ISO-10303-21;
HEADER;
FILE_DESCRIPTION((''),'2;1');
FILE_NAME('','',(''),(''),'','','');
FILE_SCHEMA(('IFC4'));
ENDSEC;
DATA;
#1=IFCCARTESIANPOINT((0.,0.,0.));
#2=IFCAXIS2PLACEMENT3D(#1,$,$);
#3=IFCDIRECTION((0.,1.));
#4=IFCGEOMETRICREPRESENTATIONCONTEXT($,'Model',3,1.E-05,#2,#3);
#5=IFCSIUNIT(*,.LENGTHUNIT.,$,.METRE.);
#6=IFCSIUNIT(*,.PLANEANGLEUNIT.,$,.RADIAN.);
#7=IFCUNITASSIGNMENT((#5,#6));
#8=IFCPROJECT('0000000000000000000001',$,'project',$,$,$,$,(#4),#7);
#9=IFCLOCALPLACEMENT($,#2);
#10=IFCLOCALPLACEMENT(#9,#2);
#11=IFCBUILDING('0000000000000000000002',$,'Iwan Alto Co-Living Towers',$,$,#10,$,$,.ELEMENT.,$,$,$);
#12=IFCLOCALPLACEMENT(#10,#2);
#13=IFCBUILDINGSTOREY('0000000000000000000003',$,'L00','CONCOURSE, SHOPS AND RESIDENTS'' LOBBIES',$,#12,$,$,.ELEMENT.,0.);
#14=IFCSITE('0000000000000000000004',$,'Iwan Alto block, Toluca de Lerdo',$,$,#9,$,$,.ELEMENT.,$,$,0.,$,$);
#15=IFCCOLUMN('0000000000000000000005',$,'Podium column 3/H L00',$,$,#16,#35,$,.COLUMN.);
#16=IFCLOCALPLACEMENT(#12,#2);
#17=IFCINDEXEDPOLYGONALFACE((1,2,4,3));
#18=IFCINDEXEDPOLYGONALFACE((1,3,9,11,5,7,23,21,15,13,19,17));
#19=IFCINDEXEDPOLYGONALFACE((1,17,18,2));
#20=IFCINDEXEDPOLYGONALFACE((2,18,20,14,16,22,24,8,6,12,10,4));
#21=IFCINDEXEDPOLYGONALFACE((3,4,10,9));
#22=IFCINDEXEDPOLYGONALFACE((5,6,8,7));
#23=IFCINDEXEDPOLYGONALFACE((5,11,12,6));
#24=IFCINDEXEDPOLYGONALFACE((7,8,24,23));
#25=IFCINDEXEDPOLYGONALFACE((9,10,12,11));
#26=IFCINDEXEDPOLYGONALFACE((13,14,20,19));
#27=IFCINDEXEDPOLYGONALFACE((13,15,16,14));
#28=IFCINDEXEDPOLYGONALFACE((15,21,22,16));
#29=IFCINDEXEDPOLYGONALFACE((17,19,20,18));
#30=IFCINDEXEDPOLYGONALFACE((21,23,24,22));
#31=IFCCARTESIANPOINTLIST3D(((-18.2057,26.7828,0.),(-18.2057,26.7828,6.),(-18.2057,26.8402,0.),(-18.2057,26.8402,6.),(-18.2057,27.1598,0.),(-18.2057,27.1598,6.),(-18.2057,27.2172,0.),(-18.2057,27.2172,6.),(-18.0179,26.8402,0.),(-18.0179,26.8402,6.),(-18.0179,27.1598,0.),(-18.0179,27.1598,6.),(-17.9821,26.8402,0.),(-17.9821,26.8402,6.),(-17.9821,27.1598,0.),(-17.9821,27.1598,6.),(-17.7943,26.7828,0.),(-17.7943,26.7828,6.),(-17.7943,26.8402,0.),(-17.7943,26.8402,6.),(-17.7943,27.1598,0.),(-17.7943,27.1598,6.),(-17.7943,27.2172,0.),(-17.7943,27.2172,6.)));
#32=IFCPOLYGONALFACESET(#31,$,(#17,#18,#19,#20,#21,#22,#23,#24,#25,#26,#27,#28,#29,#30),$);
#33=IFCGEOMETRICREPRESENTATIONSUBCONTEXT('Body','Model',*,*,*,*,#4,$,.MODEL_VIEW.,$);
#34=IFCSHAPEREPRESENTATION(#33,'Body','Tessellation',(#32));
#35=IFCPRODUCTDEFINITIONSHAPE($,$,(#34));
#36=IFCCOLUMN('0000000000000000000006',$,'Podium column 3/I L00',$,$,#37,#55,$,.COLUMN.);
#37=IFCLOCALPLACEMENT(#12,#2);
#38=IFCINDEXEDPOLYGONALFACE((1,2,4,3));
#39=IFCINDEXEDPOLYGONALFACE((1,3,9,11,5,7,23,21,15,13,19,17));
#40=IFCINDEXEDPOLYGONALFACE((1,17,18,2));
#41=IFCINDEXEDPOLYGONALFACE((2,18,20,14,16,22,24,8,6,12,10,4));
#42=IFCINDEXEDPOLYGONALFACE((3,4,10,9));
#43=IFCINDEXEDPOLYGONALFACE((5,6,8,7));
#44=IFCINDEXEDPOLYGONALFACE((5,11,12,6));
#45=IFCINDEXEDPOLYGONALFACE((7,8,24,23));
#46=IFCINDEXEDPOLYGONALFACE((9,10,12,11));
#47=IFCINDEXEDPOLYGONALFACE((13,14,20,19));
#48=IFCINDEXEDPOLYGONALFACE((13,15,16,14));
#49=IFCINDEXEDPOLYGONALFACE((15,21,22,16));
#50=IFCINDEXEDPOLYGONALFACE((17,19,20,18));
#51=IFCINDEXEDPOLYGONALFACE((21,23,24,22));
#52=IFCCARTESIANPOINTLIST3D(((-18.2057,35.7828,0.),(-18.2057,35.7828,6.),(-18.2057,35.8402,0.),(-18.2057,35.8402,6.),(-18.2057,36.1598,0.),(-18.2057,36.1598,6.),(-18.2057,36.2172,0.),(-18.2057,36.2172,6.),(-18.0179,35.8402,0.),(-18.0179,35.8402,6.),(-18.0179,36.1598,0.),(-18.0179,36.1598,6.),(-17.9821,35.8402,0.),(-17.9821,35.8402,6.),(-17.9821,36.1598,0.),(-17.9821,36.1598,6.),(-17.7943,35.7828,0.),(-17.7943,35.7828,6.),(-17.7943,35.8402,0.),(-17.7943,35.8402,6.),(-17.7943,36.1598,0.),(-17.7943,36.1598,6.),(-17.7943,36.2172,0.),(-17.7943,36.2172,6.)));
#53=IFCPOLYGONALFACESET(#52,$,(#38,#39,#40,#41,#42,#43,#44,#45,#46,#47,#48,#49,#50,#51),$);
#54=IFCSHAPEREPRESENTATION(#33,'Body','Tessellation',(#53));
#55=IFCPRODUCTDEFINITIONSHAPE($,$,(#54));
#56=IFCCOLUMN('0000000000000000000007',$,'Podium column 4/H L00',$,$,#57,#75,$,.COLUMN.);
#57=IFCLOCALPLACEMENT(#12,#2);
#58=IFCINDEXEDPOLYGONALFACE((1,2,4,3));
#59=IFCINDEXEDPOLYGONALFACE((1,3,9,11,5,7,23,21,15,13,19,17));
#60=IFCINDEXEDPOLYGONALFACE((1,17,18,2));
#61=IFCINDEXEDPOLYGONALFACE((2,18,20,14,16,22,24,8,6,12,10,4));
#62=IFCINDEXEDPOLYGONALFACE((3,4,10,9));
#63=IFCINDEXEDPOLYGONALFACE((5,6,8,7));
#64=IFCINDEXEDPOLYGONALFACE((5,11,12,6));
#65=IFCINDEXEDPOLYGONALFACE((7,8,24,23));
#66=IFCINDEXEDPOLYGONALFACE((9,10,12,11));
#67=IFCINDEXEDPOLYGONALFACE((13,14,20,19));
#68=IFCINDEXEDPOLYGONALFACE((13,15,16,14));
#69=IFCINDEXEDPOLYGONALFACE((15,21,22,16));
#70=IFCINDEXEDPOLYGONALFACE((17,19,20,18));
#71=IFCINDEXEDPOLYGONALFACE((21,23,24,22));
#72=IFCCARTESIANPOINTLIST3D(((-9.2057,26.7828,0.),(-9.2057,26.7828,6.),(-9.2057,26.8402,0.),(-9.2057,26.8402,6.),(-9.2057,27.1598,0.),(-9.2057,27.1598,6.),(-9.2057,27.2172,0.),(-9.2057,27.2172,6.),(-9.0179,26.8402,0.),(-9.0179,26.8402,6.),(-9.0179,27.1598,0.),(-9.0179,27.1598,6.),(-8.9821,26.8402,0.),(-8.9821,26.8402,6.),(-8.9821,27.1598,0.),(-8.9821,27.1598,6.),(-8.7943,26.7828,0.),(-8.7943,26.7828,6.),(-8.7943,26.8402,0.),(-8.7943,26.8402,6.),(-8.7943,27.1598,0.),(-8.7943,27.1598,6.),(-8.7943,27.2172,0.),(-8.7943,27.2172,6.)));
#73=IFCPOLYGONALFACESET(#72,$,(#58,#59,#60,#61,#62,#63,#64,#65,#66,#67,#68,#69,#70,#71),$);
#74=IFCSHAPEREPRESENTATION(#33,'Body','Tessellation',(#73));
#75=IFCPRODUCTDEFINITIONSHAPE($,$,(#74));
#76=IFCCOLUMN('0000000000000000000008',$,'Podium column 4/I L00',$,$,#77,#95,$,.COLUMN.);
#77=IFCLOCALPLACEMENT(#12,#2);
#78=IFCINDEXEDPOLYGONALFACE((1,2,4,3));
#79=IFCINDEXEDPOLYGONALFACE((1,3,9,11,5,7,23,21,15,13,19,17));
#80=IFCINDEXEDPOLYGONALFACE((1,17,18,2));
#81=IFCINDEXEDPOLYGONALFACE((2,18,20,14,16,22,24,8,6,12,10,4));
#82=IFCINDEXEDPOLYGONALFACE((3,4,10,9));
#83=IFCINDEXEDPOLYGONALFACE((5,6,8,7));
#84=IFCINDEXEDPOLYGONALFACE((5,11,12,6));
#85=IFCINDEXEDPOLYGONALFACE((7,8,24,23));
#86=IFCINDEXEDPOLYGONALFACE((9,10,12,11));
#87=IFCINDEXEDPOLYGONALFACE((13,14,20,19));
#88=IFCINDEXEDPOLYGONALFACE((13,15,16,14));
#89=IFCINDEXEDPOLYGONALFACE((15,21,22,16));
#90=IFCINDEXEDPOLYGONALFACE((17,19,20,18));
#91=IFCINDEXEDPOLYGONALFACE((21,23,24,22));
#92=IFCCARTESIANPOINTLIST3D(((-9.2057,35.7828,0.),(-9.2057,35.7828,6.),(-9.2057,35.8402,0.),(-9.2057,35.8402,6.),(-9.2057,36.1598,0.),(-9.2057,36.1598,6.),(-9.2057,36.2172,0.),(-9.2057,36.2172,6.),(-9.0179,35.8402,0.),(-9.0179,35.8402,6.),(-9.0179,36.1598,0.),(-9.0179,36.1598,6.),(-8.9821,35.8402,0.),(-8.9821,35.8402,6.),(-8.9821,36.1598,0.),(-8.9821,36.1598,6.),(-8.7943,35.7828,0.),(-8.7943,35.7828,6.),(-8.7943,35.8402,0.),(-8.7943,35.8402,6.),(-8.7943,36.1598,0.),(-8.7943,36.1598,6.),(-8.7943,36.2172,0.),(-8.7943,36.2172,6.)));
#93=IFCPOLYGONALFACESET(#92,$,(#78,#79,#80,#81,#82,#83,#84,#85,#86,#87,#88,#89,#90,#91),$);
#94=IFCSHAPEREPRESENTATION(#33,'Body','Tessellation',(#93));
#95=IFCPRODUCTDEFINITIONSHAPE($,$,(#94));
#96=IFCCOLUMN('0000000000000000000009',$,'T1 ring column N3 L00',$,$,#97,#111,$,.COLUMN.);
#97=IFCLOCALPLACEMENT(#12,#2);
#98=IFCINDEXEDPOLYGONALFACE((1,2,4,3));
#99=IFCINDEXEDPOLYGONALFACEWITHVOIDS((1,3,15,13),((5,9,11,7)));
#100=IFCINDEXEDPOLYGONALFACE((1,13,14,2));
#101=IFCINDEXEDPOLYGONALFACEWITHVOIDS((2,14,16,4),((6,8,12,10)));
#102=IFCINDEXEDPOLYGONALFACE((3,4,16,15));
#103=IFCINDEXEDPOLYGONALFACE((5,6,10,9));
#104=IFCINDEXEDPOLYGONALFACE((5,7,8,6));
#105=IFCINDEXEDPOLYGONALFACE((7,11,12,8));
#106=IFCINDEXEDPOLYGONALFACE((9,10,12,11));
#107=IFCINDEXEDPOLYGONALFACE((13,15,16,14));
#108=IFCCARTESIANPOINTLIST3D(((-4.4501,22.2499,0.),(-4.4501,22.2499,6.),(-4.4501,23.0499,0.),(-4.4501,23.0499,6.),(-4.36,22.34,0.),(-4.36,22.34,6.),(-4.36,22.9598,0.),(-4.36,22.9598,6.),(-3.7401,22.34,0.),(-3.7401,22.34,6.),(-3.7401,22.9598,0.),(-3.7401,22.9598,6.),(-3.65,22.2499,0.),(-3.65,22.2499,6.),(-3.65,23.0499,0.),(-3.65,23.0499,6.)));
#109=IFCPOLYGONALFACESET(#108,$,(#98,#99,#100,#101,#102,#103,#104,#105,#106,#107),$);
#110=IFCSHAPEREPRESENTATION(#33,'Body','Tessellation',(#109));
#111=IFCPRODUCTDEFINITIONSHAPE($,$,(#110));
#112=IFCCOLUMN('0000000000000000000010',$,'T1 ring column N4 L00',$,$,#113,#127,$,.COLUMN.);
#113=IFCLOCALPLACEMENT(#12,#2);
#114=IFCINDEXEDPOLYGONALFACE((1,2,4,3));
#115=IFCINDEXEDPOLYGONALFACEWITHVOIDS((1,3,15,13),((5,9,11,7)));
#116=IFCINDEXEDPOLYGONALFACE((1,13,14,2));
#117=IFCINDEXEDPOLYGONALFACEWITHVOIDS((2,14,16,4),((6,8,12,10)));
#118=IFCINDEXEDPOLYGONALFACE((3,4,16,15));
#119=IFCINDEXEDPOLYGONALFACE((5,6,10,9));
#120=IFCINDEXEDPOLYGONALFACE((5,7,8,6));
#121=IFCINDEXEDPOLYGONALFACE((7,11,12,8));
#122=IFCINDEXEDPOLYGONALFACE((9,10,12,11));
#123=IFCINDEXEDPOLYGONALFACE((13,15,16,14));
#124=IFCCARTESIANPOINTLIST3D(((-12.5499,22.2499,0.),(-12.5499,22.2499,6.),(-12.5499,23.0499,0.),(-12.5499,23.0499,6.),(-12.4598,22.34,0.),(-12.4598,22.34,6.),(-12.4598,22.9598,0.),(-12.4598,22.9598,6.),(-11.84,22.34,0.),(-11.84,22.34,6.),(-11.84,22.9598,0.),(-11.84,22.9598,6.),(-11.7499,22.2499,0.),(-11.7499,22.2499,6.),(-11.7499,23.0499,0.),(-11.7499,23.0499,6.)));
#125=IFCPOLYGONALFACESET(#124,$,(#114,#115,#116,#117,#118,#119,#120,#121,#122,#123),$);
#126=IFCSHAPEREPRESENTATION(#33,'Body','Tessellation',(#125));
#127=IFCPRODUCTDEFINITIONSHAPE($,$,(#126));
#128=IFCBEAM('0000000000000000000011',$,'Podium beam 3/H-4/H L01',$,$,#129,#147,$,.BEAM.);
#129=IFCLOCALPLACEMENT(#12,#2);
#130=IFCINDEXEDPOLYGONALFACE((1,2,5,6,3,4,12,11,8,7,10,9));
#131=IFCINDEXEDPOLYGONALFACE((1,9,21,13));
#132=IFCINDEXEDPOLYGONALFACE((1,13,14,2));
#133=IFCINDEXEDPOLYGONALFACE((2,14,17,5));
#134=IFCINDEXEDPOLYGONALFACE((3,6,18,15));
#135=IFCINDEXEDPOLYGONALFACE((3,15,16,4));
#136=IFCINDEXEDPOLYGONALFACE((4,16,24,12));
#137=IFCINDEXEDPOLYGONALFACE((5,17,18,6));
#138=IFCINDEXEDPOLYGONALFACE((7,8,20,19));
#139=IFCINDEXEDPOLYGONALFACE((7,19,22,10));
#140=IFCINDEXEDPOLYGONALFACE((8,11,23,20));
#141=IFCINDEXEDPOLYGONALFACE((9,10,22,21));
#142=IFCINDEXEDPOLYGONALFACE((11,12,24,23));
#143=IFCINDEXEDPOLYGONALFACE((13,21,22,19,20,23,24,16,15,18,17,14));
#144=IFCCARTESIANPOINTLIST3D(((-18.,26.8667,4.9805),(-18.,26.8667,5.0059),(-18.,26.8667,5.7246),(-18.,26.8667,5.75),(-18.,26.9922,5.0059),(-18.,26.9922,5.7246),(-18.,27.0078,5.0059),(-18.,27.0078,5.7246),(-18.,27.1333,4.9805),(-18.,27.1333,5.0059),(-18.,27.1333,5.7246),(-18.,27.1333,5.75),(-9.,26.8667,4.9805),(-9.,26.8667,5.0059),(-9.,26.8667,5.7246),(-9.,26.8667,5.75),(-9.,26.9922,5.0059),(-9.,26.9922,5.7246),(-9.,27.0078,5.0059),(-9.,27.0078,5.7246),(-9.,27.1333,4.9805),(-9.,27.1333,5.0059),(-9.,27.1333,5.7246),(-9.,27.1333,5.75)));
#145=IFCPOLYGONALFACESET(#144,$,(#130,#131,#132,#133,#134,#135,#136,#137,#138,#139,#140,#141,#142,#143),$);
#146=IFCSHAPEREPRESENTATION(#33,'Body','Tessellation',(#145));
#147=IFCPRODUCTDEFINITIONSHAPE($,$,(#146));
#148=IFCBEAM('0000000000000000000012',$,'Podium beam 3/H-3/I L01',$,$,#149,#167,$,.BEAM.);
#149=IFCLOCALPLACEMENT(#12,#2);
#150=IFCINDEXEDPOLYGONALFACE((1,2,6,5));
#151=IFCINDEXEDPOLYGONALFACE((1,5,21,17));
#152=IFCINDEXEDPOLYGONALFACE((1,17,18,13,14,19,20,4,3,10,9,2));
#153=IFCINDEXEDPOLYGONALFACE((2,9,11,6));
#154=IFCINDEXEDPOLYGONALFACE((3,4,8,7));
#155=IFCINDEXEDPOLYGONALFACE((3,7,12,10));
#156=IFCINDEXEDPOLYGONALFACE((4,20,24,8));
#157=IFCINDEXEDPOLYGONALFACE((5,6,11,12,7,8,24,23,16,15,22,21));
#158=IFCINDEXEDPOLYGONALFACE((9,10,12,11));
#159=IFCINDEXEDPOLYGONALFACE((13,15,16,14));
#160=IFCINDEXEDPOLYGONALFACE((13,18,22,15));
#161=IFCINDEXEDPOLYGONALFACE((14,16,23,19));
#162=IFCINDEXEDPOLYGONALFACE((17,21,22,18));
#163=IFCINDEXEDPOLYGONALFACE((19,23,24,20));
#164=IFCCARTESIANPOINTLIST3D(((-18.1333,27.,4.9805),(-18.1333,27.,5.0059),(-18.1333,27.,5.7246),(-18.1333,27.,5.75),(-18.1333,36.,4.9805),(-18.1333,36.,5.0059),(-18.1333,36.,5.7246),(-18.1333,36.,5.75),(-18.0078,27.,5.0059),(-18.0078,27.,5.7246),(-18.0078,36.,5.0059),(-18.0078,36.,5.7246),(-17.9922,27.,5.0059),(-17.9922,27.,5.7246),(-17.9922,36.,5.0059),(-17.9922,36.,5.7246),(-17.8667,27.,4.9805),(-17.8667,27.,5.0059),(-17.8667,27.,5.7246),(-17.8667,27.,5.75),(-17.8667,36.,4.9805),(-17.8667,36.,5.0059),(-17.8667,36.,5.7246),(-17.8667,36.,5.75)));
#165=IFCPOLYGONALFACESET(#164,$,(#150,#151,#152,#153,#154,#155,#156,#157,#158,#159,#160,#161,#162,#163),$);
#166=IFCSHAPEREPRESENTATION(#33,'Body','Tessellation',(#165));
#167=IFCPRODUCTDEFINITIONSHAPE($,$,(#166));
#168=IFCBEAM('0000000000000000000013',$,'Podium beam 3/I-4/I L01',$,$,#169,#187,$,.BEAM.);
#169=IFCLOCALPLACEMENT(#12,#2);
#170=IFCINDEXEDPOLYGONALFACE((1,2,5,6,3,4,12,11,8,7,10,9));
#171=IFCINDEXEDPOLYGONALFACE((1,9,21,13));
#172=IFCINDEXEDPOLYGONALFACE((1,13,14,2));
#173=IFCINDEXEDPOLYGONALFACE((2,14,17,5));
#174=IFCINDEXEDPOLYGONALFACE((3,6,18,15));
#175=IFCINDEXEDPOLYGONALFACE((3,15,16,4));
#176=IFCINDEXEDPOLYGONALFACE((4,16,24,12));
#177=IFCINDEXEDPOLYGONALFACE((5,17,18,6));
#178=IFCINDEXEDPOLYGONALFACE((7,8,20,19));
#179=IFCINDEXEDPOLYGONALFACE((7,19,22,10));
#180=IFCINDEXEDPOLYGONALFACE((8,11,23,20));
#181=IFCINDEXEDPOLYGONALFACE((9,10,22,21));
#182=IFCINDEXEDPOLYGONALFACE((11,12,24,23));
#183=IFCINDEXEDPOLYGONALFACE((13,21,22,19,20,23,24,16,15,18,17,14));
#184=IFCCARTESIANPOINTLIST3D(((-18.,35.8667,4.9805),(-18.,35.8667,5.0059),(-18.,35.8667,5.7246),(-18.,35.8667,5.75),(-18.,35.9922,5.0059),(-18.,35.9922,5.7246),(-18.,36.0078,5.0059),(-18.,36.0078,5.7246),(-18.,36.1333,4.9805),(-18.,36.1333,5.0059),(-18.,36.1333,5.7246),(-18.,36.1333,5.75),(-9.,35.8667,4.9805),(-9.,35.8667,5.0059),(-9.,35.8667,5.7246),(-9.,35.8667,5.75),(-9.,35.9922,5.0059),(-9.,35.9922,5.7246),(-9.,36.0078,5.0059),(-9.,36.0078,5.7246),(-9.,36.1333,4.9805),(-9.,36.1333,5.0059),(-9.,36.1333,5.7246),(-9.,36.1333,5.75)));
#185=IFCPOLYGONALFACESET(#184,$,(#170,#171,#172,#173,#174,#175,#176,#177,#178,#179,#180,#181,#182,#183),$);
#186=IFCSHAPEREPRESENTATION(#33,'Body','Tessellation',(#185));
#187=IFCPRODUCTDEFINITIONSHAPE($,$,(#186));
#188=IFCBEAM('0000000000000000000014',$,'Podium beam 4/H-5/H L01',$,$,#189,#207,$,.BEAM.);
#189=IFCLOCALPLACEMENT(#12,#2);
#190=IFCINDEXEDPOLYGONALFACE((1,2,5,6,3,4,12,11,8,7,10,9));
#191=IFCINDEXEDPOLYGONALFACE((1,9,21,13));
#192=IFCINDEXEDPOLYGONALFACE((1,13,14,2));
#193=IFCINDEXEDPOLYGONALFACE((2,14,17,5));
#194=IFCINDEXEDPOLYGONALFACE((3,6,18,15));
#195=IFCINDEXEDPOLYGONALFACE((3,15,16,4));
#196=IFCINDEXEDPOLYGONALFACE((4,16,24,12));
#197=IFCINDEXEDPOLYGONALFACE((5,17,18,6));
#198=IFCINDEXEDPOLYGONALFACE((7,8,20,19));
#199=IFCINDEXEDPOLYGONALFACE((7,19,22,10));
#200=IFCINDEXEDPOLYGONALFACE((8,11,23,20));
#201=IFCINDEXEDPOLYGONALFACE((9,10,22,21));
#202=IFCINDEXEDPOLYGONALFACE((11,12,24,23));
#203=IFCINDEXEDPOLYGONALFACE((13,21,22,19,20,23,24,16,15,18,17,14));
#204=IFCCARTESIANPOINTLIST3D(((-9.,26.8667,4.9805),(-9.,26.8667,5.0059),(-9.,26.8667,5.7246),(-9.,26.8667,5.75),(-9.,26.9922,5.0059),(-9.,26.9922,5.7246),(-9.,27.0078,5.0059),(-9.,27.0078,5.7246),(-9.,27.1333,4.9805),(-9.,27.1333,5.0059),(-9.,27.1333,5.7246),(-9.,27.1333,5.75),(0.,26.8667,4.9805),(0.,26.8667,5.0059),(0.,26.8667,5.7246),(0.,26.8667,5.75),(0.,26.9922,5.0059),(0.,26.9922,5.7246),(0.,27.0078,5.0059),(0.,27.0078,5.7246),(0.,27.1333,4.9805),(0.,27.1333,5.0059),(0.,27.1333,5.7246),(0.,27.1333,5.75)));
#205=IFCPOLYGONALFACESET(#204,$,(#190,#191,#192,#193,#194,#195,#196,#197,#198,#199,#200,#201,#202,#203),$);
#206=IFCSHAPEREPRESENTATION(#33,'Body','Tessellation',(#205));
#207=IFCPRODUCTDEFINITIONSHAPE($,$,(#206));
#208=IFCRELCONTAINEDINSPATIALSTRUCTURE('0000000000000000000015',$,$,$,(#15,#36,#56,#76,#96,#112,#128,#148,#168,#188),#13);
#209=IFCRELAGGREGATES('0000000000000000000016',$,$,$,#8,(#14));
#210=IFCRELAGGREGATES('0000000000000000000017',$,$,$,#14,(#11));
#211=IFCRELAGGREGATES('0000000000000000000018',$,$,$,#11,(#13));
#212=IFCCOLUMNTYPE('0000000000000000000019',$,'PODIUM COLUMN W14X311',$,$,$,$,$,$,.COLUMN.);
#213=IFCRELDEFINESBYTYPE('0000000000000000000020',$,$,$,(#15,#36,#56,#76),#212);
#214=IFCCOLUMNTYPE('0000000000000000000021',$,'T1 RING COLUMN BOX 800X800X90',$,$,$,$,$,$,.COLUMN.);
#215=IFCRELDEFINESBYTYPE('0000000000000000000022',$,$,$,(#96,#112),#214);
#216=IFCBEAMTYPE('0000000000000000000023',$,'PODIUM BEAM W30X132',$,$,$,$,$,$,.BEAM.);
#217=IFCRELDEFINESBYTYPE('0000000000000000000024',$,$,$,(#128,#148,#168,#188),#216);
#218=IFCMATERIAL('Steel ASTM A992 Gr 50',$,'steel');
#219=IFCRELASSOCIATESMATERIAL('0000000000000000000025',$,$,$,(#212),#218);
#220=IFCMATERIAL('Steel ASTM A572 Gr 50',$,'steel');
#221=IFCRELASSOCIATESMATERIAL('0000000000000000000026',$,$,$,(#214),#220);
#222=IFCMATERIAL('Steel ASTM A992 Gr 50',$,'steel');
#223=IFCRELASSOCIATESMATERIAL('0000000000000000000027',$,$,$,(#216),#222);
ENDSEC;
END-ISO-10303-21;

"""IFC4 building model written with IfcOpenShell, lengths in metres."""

from ifc_helpers import new_model, si_unit, direction, frame, origin, origin_2d, place, context, subcontext, project, spatial, hollow_rectangle, i_section, extrude, material, material_profile, profile_set, type_object, element, save


model = new_model("IFC4")

# Units and contexts
model_context = context("Model", 3, precision=1e-05, world=origin(), true_north=direction((0.0, 1.0)))
body_context = subcontext(model_context, "Body", "Model", "MODEL_VIEW")
ifc_project = project(units=[si_unit("LENGTHUNIT", "METRE"), si_unit("PLANEANGLEUNIT", "RADIAN")], contexts=[model_context])

# Site, building, storey
site_placement = place(None, origin())
site = spatial("IfcSite", under=ifc_project, at=site_placement, Name="Iwan Alto block, Toluca de Lerdo", CompositionType="ELEMENT", RefElevation=0.0)
building_placement = place(site_placement, origin())
building = spatial("IfcBuilding", under=site, at=building_placement, Name="Iwan Alto Co-Living Towers", CompositionType="ELEMENT")
storey_placement = place(building_placement, origin())
storey = spatial("IfcBuildingStorey", under=building, at=storey_placement, Name="L00", Description="CONCOURSE, SHOPS AND RESIDENTS' LOBBIES", CompositionType="ELEMENT", Elevation=0.0)

# Columns
ifc_material_1 = material(Name="Steel ASTM A992 Gr 50", Category="steel")
ifc_material_profile_1 = material_profile(ifc_material_1, i_section(OverallWidth=0.4114, OverallDepth=0.4343, WebThickness=0.0359, FlangeThickness=0.0574, at=origin_2d()), Name="W14X311")
ifc_profile_set_1 = profile_set([ifc_material_profile_1], Name="Steel ASTM A992 Gr 50")
column_type_1 = type_object("IfcColumnType", Name="PODIUM COLUMN W14X311", PredefinedType="COLUMN", material=ifc_profile_set_1)
for number, where, z_axis, x_axis, name in (
    (1, (-18.0, 27.0, 0.0), (0.0, 0.0, 1.0), (1.0, 0.0, 0.0), "Podium column 3/H L00"),
    (2, (-18.0, 36.0, 0.0), (0.0, 0.0, 1.0), (1.0, 0.0, 0.0), "Podium column 3/I L00"),
    (3, (-9.0, 27.0, 0.0), (0.0, 0.0, 1.0), (1.0, 0.0, 0.0), "Podium column 4/H L00"),
    (4, (-9.0, 36.0, 0.0), (0.0, 0.0, 1.0), (1.0, 0.0, 0.0), "Podium column 4/I L00"),
):
    element("IfcColumn", number, at=place(storey_placement, frame(where, z_axis=z_axis, x_axis=x_axis)), inside=storey, type_object=column_type_1, Name=name, PredefinedType="COLUMN", context=body_context, shape_type="SweptSolid", body=[
        extrude(i_section(OverallWidth=0.4114, OverallDepth=0.4343, WebThickness=0.0359, FlangeThickness=0.0574, at=origin_2d()), origin(), (0.0, 0.0, 1.0), 6.0),
    ])
ifc_material_2 = material(Name="Steel ASTM A572 Gr 50", Category="steel")
ifc_material_profile_2 = material_profile(ifc_material_2, hollow_rectangle(XDim=0.8, YDim=0.8, WallThickness=0.0901, at=origin_2d()), Name="BOX 800X800X90")
ifc_profile_set_2 = profile_set([ifc_material_profile_2], Name="Steel ASTM A572 Gr 50")
column_type_2 = type_object("IfcColumnType", Name="T1 RING COLUMN BOX 800X800X90", PredefinedType="COLUMN", material=ifc_profile_set_2)
for number, where, z_axis, x_axis, name in (
    (5, (-4.05, 22.6499, 0.0), (0.0, 0.0, 1.0), (1.0, 0.0, 0.0), "T1 ring column N3 L00"),
    (6, (-12.1499, 22.6499, 0.0), (0.0, 0.0, 1.0), (1.0, 0.0, 0.0), "T1 ring column N4 L00"),
):
    element("IfcColumn", number, at=place(storey_placement, frame(where, z_axis=z_axis, x_axis=x_axis)), inside=storey, type_object=column_type_2, Name=name, PredefinedType="COLUMN", context=body_context, shape_type="SweptSolid", body=[
        extrude(hollow_rectangle(XDim=0.8, YDim=0.8, WallThickness=0.0901, at=origin_2d()), origin(), (0.0, 0.0, 1.0), 6.0),
    ])

# Beams
ifc_material_3 = material(Name="Steel ASTM A992 Gr 50", Category="steel")
ifc_material_profile_3 = material_profile(ifc_material_3, i_section(OverallWidth=0.2666, OverallDepth=0.7695, WebThickness=0.0156, FlangeThickness=0.0254, at=origin_2d()), Name="W30X132")
ifc_profile_set_3 = profile_set([ifc_material_profile_3], Name="Steel ASTM A992 Gr 50")
beam_type_1 = type_object("IfcBeamType", Name="PODIUM BEAM W30X132", PredefinedType="BEAM", material=ifc_profile_set_3)
for number, where, z_axis, x_axis, name in (
    (7, (-18.0, 27.0, 5.3652), (1.0, 0.0, 0.0), (0.0, 1.0, 0.0), "Podium beam 3/H-4/H L01"),
    (8, (-18.0, 27.0, 5.3652), (0.0, 1.0, 0.0), (-1.0, 0.0, 0.0), "Podium beam 3/H-3/I L01"),
    (9, (-18.0, 36.0, 5.3652), (1.0, 0.0, 0.0), (0.0, 1.0, 0.0), "Podium beam 3/I-4/I L01"),
    (10, (-9.0, 27.0, 5.3652), (1.0, 0.0, 0.0), (0.0, 1.0, 0.0), "Podium beam 4/H-5/H L01"),
):
    element("IfcBeam", number, at=place(storey_placement, frame(where, z_axis=z_axis, x_axis=x_axis)), inside=storey, type_object=beam_type_1, Name=name, PredefinedType="BEAM", context=body_context, shape_type="SweptSolid", body=[
        extrude(i_section(OverallWidth=0.2666, OverallDepth=0.7695, WebThickness=0.0156, FlangeThickness=0.0254, at=origin_2d()), origin(), (0.0, 0.0, 1.0), 9.0),
    ])

save(model, "model.ifc")
